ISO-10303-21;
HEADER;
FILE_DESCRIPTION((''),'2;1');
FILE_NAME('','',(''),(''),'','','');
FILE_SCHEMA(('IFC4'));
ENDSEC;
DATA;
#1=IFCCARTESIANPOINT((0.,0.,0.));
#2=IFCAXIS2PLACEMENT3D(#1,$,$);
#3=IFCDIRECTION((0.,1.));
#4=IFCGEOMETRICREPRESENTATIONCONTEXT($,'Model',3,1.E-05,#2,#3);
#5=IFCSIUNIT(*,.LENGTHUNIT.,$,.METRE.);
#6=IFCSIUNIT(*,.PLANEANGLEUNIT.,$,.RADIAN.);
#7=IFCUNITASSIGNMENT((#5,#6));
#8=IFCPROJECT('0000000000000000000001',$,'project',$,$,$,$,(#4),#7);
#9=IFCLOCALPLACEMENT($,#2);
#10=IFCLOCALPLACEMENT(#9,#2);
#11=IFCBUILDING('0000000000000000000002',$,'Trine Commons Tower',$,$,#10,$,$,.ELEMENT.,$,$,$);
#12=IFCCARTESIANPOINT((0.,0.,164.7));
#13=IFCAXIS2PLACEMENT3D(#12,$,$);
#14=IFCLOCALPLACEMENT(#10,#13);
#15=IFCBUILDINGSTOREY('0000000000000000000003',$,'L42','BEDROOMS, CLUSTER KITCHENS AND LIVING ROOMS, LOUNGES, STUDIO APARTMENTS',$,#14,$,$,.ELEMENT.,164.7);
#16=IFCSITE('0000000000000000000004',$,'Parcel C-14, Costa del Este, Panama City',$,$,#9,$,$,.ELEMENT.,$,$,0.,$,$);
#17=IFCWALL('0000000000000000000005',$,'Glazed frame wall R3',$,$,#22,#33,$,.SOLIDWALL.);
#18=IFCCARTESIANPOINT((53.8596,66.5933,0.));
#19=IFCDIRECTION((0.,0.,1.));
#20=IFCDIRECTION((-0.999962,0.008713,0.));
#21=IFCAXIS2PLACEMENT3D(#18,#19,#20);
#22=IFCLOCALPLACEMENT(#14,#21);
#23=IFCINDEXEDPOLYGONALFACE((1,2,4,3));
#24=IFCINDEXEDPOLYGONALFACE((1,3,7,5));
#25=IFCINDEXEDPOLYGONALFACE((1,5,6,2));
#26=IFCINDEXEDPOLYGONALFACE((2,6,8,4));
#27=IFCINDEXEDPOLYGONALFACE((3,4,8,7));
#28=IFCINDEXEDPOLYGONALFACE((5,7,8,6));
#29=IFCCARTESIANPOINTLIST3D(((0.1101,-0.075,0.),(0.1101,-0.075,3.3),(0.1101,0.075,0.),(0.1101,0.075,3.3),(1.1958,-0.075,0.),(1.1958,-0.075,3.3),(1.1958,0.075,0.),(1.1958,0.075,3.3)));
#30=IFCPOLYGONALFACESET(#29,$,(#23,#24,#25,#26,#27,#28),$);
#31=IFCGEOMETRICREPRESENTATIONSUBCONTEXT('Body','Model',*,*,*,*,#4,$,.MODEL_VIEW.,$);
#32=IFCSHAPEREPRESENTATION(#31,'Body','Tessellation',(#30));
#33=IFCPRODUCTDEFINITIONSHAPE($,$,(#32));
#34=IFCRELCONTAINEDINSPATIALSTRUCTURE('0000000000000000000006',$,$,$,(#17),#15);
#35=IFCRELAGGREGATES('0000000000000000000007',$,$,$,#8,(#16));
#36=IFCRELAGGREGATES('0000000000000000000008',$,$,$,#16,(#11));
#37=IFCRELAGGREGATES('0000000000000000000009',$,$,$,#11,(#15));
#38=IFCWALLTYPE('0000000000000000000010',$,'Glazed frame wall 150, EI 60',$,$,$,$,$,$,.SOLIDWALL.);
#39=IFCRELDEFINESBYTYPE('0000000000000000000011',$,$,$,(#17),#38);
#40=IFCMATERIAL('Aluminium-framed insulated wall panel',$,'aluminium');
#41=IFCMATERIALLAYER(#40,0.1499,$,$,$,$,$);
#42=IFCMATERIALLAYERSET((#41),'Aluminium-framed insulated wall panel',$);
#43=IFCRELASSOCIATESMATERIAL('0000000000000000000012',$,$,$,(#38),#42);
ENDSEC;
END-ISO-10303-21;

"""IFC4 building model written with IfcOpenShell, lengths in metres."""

from ifc_helpers import new_model, si_unit, direction, frame, origin, place, context, subcontext, project, spatial, polyline, outline, extrude, material, layer, layer_set, type_object, element, save


model = new_model("IFC4")

# Units and contexts
model_context = context("Model", 3, precision=1e-05, world=origin(), true_north=direction((0.0, 1.0)))
body_context = subcontext(model_context, "Body", "Model", "MODEL_VIEW")
ifc_project = project(units=[si_unit("LENGTHUNIT", "METRE"), si_unit("PLANEANGLEUNIT", "RADIAN")], contexts=[model_context])

# Site, building, storey
site_placement = place(None, origin())
site = spatial("IfcSite", under=ifc_project, at=site_placement, Name="Parcel C-14, Costa del Este, Panama City", CompositionType="ELEMENT", RefElevation=0.0)
building_placement = place(site_placement, origin())
building = spatial("IfcBuilding", under=site, at=building_placement, Name="Trine Commons Tower", CompositionType="ELEMENT")
storey_placement = place(building_placement, frame((0.0, 0.0, 164.7)))
storey = spatial("IfcBuildingStorey", under=building, at=storey_placement, Name="L42", Description="BEDROOMS, CLUSTER KITCHENS AND LIVING ROOMS, LOUNGES, STUDIO APARTMENTS", CompositionType="ELEMENT", Elevation=164.7)

# Shared definitions
ifc_material_1 = material(Name="Aluminium-framed insulated wall panel", Category="aluminium")
ifc_layer_1 = layer(ifc_material_1, 0.1499)
ifc_layer_set_1 = layer_set([ifc_layer_1], Name="Aluminium-framed insulated wall panel")
wall_type_1 = type_object("IfcWallType", Name="Glazed frame wall 150, EI 60", PredefinedType="SOLIDWALL", material=ifc_layer_set_1)

# Wall
wall_1_placement = place(storey_placement, frame((53.8596, 66.5933, 0.0), z_axis=(0.0, 0.0, 1.0), x_axis=(-0.999962, 0.008713, 0.0)))
element("IfcWall", 1, at=wall_1_placement, inside=storey, type_object=wall_type_1, Name="Glazed frame wall R3", PredefinedType="SOLIDWALL", context=body_context, shape_type="SweptSolid", body=[
    extrude(outline(polyline([(0.1101, 0.075), (0.1101, -0.075), (1.1958, -0.075), (1.1958, 0.075), (0.1101, 0.075)])), origin(), (0.0, 0.0, 1.0), 3.3),
])

save(model, "model.ifc")
